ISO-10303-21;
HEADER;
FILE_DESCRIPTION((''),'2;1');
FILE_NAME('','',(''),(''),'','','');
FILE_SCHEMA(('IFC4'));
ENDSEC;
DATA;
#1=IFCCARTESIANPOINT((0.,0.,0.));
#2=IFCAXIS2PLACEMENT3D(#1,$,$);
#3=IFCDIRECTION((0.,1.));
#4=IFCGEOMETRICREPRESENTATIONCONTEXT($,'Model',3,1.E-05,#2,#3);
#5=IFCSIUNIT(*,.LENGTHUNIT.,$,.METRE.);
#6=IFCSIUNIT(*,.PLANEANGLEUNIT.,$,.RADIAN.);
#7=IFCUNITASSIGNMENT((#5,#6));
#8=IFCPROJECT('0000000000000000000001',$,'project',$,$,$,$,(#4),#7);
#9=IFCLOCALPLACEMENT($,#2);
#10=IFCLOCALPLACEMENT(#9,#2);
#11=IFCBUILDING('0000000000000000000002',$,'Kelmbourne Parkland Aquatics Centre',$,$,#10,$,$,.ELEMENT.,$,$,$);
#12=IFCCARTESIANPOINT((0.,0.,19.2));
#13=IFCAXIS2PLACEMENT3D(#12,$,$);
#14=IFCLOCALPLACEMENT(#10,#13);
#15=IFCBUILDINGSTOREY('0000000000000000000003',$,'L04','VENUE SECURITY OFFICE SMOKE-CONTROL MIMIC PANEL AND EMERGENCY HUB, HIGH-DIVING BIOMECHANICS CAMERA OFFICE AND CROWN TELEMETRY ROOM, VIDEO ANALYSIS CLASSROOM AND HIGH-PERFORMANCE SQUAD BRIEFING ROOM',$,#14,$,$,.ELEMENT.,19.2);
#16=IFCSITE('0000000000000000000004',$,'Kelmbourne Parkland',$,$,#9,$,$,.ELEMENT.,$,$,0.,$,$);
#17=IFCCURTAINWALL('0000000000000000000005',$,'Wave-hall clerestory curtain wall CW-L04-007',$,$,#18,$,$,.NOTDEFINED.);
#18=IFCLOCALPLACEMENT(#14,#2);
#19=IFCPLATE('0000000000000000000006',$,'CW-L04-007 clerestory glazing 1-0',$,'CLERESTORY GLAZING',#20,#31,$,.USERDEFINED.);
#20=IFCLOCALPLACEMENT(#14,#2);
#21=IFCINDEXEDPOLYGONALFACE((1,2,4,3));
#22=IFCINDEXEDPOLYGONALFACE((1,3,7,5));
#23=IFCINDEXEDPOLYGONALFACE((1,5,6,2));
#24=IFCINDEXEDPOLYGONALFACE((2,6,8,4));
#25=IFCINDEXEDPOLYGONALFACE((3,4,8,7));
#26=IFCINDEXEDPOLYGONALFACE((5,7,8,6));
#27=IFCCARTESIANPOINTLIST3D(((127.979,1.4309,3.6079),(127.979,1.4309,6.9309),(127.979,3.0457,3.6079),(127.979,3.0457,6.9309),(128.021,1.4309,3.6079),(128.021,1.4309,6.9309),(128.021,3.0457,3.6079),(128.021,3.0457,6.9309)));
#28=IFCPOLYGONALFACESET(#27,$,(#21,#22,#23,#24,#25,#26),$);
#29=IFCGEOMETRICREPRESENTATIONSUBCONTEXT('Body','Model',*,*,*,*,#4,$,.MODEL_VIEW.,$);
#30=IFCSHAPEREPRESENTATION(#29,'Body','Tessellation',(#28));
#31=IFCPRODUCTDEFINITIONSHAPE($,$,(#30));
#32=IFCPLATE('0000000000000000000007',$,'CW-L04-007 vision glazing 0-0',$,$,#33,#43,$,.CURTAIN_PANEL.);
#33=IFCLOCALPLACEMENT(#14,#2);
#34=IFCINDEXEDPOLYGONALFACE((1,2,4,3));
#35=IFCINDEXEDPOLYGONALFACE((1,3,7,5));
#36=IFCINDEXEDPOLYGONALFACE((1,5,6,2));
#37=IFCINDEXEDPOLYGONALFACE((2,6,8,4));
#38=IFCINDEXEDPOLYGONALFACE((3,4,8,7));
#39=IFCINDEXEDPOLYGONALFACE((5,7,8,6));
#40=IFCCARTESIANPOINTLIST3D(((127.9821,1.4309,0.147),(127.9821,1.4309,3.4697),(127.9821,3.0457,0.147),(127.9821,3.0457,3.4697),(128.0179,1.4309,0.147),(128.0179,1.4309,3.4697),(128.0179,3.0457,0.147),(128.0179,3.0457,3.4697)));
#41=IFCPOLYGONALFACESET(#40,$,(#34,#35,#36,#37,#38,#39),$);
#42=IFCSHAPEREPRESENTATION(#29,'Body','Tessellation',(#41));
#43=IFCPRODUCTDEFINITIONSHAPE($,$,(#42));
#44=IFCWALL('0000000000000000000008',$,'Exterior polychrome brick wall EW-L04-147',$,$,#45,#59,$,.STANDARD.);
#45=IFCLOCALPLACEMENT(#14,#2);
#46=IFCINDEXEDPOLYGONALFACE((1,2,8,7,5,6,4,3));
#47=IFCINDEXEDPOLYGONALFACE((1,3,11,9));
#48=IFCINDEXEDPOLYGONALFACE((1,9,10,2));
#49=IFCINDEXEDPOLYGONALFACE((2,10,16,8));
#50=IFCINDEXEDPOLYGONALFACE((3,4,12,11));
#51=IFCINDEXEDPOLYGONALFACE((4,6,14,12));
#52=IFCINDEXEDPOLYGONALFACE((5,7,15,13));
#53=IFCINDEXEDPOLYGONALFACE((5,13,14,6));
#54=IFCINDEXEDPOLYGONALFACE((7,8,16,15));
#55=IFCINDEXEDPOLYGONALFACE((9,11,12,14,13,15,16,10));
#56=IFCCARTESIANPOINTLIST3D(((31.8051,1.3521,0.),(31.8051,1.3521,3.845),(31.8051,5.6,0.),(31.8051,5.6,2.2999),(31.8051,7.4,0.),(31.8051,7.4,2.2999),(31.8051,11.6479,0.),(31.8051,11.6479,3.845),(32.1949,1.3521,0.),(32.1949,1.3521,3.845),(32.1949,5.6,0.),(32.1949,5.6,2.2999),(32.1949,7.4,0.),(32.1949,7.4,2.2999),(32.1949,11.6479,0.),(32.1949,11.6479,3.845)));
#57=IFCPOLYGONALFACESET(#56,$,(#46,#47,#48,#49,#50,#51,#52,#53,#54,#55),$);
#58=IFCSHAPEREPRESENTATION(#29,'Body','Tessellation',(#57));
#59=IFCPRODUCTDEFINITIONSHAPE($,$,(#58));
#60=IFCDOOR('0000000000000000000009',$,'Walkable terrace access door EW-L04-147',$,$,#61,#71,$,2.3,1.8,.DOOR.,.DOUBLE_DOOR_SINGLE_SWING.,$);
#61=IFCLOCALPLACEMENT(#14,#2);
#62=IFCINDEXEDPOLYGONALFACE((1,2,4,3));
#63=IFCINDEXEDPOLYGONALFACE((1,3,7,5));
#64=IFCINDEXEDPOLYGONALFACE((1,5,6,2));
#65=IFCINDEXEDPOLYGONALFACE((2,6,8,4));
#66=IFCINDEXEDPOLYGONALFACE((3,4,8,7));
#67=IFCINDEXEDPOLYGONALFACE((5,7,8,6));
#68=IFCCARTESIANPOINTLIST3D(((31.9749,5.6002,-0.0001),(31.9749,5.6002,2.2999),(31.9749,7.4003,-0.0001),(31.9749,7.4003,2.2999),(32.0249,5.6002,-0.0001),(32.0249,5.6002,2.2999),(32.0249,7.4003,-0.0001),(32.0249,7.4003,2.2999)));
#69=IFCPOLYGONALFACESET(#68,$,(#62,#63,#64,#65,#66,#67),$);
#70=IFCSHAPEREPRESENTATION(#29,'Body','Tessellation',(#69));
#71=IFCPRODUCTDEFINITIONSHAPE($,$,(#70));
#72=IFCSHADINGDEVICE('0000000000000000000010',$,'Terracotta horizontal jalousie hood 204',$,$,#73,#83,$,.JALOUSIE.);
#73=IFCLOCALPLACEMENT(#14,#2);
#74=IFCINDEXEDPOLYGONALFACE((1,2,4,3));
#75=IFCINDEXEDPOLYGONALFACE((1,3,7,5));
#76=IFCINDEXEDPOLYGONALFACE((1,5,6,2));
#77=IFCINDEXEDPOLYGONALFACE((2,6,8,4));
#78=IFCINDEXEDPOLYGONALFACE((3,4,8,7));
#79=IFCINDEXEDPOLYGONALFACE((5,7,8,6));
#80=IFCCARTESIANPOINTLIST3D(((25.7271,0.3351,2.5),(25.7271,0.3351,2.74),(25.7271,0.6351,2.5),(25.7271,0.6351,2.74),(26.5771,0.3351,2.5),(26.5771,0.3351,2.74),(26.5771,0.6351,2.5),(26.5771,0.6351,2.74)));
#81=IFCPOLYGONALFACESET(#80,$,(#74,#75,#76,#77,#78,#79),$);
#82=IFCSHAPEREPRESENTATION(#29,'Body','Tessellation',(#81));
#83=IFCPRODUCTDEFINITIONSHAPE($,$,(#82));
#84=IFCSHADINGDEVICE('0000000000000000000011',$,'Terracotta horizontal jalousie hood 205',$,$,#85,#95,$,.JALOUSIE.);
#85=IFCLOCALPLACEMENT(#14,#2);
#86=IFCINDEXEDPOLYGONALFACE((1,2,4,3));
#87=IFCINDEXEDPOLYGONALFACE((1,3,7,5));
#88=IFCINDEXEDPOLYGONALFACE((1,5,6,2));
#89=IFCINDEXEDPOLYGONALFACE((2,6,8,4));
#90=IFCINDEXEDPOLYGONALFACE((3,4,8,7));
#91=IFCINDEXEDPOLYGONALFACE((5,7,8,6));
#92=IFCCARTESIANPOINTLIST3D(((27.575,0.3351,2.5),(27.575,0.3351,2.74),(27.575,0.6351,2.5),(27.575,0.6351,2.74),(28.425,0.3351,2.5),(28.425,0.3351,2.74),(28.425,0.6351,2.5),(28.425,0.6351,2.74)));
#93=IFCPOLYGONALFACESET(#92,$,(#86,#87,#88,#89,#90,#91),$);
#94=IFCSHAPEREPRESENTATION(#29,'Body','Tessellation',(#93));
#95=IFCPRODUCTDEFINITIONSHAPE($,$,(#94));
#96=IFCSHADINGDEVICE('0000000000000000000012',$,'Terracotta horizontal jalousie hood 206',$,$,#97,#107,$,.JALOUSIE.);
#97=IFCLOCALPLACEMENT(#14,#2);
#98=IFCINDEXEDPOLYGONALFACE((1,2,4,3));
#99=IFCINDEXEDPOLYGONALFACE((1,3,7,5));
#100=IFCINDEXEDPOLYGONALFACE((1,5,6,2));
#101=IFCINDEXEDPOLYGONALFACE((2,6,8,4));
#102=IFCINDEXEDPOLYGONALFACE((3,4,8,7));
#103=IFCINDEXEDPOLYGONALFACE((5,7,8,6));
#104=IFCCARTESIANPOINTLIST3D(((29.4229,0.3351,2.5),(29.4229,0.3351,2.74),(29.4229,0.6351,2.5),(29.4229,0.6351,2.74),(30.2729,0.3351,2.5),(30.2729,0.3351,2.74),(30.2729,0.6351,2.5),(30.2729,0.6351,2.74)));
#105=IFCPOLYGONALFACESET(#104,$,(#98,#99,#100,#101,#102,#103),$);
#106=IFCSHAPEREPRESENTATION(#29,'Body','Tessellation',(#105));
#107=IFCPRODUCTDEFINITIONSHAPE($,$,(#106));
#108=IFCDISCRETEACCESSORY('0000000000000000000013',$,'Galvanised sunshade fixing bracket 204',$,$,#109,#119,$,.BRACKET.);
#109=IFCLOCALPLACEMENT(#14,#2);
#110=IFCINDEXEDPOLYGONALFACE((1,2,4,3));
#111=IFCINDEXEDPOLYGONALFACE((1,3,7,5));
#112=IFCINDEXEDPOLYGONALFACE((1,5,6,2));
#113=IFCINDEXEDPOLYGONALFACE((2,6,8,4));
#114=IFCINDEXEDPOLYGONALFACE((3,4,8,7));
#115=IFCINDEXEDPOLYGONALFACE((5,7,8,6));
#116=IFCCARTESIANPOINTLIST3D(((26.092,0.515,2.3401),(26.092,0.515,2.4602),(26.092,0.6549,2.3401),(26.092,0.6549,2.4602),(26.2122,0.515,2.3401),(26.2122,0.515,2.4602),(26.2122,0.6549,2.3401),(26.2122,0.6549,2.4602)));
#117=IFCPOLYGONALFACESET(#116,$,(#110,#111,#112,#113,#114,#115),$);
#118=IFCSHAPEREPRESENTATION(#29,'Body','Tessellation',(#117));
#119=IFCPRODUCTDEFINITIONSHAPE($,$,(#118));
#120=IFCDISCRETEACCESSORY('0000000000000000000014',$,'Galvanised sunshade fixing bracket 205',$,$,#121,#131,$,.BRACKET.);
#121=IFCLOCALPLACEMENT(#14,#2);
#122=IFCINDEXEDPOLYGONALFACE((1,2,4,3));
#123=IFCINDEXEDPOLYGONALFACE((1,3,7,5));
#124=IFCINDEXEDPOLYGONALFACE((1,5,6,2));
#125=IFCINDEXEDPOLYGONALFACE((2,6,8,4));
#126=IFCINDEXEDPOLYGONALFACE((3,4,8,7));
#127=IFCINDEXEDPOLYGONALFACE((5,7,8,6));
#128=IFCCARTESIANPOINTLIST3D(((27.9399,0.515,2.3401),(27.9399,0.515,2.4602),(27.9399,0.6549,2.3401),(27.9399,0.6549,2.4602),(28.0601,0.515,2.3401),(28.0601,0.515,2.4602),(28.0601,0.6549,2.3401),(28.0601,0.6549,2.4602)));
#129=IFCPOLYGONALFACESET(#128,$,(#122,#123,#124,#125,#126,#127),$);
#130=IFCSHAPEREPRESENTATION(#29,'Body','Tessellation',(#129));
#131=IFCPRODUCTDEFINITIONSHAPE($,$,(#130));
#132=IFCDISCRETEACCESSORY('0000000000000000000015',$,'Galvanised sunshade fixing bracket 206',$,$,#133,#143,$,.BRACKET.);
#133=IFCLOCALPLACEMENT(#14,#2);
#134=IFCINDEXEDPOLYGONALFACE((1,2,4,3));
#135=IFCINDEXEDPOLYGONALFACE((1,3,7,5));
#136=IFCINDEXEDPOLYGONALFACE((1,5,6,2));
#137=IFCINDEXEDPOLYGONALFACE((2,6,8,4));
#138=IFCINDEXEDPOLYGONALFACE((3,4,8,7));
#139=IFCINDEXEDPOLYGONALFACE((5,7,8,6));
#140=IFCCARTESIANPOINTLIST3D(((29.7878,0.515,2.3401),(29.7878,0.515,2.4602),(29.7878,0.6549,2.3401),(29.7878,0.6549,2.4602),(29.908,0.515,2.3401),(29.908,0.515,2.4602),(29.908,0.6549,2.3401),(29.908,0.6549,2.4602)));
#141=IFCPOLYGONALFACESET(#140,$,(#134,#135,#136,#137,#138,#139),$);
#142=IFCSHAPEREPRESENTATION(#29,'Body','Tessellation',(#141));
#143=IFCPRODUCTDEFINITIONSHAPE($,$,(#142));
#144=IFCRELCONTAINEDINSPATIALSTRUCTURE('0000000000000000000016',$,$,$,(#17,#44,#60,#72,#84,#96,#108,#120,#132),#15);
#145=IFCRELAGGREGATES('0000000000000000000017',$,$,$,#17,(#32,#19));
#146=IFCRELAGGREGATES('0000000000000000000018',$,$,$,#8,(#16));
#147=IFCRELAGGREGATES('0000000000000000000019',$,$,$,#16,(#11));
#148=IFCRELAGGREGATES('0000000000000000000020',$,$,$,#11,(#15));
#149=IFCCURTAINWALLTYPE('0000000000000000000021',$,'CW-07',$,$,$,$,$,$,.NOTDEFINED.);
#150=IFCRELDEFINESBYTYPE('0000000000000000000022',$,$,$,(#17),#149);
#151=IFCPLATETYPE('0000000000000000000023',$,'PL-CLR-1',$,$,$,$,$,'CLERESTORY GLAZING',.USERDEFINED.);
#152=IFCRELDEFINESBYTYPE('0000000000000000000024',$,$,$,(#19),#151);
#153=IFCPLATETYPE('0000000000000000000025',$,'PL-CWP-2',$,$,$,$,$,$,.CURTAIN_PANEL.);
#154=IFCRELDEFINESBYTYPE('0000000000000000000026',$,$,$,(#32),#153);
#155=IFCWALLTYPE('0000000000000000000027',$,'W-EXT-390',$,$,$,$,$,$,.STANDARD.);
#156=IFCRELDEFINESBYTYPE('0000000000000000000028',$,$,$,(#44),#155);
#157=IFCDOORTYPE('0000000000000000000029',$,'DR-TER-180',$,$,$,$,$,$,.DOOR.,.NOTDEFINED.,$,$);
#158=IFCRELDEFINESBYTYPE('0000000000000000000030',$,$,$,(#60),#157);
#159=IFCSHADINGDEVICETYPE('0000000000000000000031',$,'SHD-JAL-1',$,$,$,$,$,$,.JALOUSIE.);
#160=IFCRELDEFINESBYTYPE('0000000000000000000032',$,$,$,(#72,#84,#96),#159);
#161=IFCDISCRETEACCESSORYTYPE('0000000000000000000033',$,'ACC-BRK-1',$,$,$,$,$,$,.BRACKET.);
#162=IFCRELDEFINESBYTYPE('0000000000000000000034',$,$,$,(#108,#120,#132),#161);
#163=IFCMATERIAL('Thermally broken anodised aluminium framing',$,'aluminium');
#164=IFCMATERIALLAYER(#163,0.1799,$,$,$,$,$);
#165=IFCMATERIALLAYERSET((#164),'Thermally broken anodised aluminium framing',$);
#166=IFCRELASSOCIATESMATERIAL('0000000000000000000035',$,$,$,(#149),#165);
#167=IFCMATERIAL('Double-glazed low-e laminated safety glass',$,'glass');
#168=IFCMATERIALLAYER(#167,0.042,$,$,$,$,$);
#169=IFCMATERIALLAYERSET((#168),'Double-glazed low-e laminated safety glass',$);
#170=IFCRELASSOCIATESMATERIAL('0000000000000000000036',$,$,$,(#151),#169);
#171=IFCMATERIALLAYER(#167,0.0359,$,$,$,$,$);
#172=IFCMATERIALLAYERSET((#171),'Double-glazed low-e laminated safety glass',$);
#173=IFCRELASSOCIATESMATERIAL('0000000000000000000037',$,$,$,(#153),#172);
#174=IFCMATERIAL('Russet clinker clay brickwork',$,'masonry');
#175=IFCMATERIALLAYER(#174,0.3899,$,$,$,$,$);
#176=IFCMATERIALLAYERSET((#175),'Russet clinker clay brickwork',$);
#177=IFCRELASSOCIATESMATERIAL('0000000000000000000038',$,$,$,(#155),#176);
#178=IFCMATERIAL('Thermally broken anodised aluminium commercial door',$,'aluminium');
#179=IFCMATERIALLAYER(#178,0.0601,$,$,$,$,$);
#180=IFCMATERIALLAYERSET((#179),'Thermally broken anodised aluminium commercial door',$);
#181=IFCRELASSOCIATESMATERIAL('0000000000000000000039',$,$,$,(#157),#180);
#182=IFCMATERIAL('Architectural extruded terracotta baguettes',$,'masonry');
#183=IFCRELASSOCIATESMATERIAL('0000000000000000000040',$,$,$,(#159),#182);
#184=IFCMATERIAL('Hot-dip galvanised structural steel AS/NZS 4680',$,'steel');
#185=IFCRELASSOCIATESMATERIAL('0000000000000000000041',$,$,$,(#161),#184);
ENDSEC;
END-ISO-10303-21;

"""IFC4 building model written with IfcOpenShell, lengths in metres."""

from ifc_helpers import new_model, si_unit, direction, frame, frame_2d, origin, origin_2d, place, context, subcontext, project, spatial, rectangle, extrude, material, layer, layer_set, type_object, element, fill, aggregate, save


model = new_model("IFC4")

# Units and contexts
model_context = context("Model", 3, precision=1e-05, world=origin(), true_north=direction((0.0, 1.0)))
body_context = subcontext(model_context, "Body", "Model", "MODEL_VIEW")
ifc_project = project(units=[si_unit("LENGTHUNIT", "METRE"), si_unit("PLANEANGLEUNIT", "RADIAN")], contexts=[model_context])

# Site, building, storey
site_placement = place(None, origin())
site = spatial("IfcSite", under=ifc_project, at=site_placement, Name="Kelmbourne Parkland", CompositionType="ELEMENT", RefElevation=0.0)
building_placement = place(site_placement, origin())
building = spatial("IfcBuilding", under=site, at=building_placement, Name="Kelmbourne Parkland Aquatics Centre", CompositionType="ELEMENT")
storey_placement = place(building_placement, frame((0.0, 0.0, 19.2)))
storey = spatial("IfcBuildingStorey", under=building, at=storey_placement, Name="L04", Description="VENUE SECURITY OFFICE SMOKE-CONTROL MIMIC PANEL AND EMERGENCY HUB, HIGH-DIVING BIOMECHANICS CAMERA OFFICE AND CROWN TELEMETRY ROOM, VIDEO ANALYSIS CLASSROOM AND HIGH-PERFORMANCE SQUAD BRIEFING ROOM", CompositionType="ELEMENT", Elevation=19.2)

# Curtain wall, plates
ifc_material_1 = material(Name="Thermally broken anodised aluminium framing", Category="aluminium")
ifc_layer_1 = layer(ifc_material_1, 0.1799)
ifc_layer_set_1 = layer_set([ifc_layer_1], Name="Thermally broken anodised aluminium framing")
curtain_wall_type = type_object("IfcCurtainWallType", Name="CW-07", PredefinedType="NOTDEFINED", material=ifc_layer_set_1)
curtain_wall_placement = place(storey_placement, origin())
curtain_wall = element("IfcCurtainWall", 1, at=curtain_wall_placement, inside=storey, type_object=curtain_wall_type, Name="Wave-hall clerestory curtain wall CW-L04-007", PredefinedType="NOTDEFINED")
ifc_material_2 = material(Name="Double-glazed low-e laminated safety glass", Category="glass")
ifc_layer_2 = layer(ifc_material_2, 0.042)
ifc_layer_set_2 = layer_set([ifc_layer_2], Name="Double-glazed low-e laminated safety glass")
plate_type_1 = type_object("IfcPlateType", Name="PL-CLR-1", ElementType="CLERESTORY GLAZING", PredefinedType="USERDEFINED", material=ifc_layer_set_2)
plate_1_placement = place(storey_placement, frame((128.0, 2.2383, 3.6079), z_axis=(0.0, 0.0, 1.0), x_axis=(0.0, 1.0, 0.0)))
plate_1 = element("IfcPlate", 2, at=plate_1_placement, type_object=plate_type_1, Name="CW-L04-007 clerestory glazing 1-0", ObjectType="CLERESTORY GLAZING", PredefinedType="USERDEFINED", context=body_context, shape_type="SweptSolid", body=[
    extrude(rectangle(XDim=1.6147, YDim=0.042, at=origin_2d()), origin(), (0.0, 0.0, 1.0), 3.323),
])
ifc_layer_3 = layer(ifc_material_2, 0.0359)
ifc_layer_set_3 = layer_set([ifc_layer_3], Name="Double-glazed low-e laminated safety glass")
plate_type_2 = type_object("IfcPlateType", Name="PL-CWP-2", PredefinedType="CURTAIN_PANEL", material=ifc_layer_set_3)
plate_2_placement = place(storey_placement, frame((128.0, 2.2383, 0.147), z_axis=(0.0, 0.0, 1.0), x_axis=(0.0, 1.0, 0.0)))
plate_2 = element("IfcPlate", 3, at=plate_2_placement, type_object=plate_type_2, Name="CW-L04-007 vision glazing 0-0", PredefinedType="CURTAIN_PANEL", context=body_context, shape_type="SweptSolid", body=[
    extrude(rectangle(XDim=1.6147, YDim=0.0359, at=origin_2d()), origin(), (0.0, 0.0, 1.0), 3.3228),
])
aggregate(curtain_wall, [plate_2, plate_1])

# Wall, opening, door
ifc_material_3 = material(Name="Russet clinker clay brickwork", Category="masonry")
ifc_layer_4 = layer(ifc_material_3, 0.3899)
ifc_layer_set_4 = layer_set([ifc_layer_4], Name="Russet clinker clay brickwork")
wall_type = type_object("IfcWallType", Name="W-EXT-390", PredefinedType="STANDARD", material=ifc_layer_set_4)
wall_placement = place(storey_placement, frame((32.0, 1.3521, 0.0), z_axis=(0.0, 0.0, 1.0), x_axis=(0.0, 1.0, 0.0)))
wall = element("IfcWall", 4, at=wall_placement, inside=storey, type_object=wall_type, Name="Exterior polychrome brick wall EW-L04-147", PredefinedType="STANDARD", context=body_context, shape_type="SweptSolid", body=[
    extrude(rectangle(XDim=10.2959, YDim=0.3899, at=frame_2d((5.1479, 0.0))), origin(), (0.0, 0.0, 1.0), 3.845),
])
opening_placement = place(wall_placement, frame((4.248, 0.0, 0.0)))
opening = element("IfcOpeningElement", 5, at=opening_placement, cuts=wall, PredefinedType="OPENING", context=body_context, shape_type="SweptSolid", body=[
    extrude(rectangle(XDim=1.8, YDim=2.3, at=frame_2d((0.8999, 1.1499))), frame((0.0, 0.207, 0.0), z_axis=(0.0, -1.0, 0.0), x_axis=(1.0, 0.0, 0.0)), (0.0, 0.0, 1.0), 0.4138),
])
ifc_material_4 = material(Name="Thermally broken anodised aluminium commercial door", Category="aluminium")
ifc_layer_5 = layer(ifc_material_4, 0.0601)
ifc_layer_set_5 = layer_set([ifc_layer_5], Name="Thermally broken anodised aluminium commercial door")
door_type = type_object("IfcDoorType", Name="DR-TER-180", OperationType="NOTDEFINED", PredefinedType="DOOR", material=ifc_layer_set_5)
door_placement = place(opening_placement, frame((1.8, 0.0, 0.0), z_axis=(0.0, 0.0, 1.0), x_axis=(-1.0, 0.0, 0.0)))
door = element("IfcDoor", 6, at=door_placement, inside=storey, type_object=door_type, Name="Walkable terrace access door EW-L04-147", OperationType="DOUBLE_DOOR_SINGLE_SWING", OverallHeight=2.3, OverallWidth=1.8, PredefinedType="DOOR", context=body_context, shape_type="SweptSolid", body=[
    extrude(rectangle(XDim=1.8, YDim=2.3, at=frame_2d((0.8999, 1.1499))), frame((0.0, 0.0249, 0.0), z_axis=(0.0, -1.0, 0.0), x_axis=(1.0, 0.0, 0.0)), (0.0, 0.0, 1.0), 0.05),
])
fill(opening, door)

# Shading devices
ifc_material_5 = material(Name="Architectural extruded terracotta baguettes", Category="masonry")
shading_device_type = type_object("IfcShadingDeviceType", Name="SHD-JAL-1", PredefinedType="JALOUSIE", material=ifc_material_5)
for number, where, z_axis, x_axis, name in (
    (7, (26.1521, 0.4851, 2.5), (0.0, 0.0, 1.0), (1.0, 0.0, 0.0), "Terracotta horizontal jalousie hood 204"),
    (8, (28.0, 0.4851, 2.5), (0.0, 0.0, 1.0), (1.0, 0.0, 0.0), "Terracotta horizontal jalousie hood 205"),
    (9, (29.8479, 0.4851, 2.5), (0.0, 0.0, 1.0), (1.0, 0.0, 0.0), "Terracotta horizontal jalousie hood 206"),
):
    element("IfcShadingDevice", number, at=place(storey_placement, frame(where, z_axis=z_axis, x_axis=x_axis)), inside=storey, type_object=shading_device_type, Name=name, PredefinedType="JALOUSIE", context=body_context, shape_type="SweptSolid", body=[
        extrude(rectangle(XDim=0.8501, YDim=0.3, at=origin_2d()), origin(), (0.0, 0.0, 1.0), 0.24),
    ])

# Discrete accessories
ifc_material_6 = material(Name="Hot-dip galvanised structural steel AS/NZS 4680", Category="steel")
discrete_accessory_type = type_object("IfcDiscreteAccessoryType", Name="ACC-BRK-1", PredefinedType="BRACKET", material=ifc_material_6)
for number, where, z_axis, x_axis, name in (
    (10, (26.1521, 0.585, 2.3401), (0.0, 0.0, 1.0), (1.0, 0.0, 0.0), "Galvanised sunshade fixing bracket 204"),
    (11, (28.0, 0.585, 2.3401), (0.0, 0.0, 1.0), (1.0, 0.0, 0.0), "Galvanised sunshade fixing bracket 205"),
    (12, (29.8479, 0.585, 2.3401), (0.0, 0.0, 1.0), (1.0, 0.0, 0.0), "Galvanised sunshade fixing bracket 206"),
):
    element("IfcDiscreteAccessory", number, at=place(storey_placement, frame(where, z_axis=z_axis, x_axis=x_axis)), inside=storey, type_object=discrete_accessory_type, Name=name, PredefinedType="BRACKET", context=body_context, shape_type="SweptSolid", body=[
        extrude(rectangle(XDim=0.1201, YDim=0.1399, at=origin_2d()), origin(), (0.0, 0.0, 1.0), 0.1201),
    ])

save(model, "model.ifc")
